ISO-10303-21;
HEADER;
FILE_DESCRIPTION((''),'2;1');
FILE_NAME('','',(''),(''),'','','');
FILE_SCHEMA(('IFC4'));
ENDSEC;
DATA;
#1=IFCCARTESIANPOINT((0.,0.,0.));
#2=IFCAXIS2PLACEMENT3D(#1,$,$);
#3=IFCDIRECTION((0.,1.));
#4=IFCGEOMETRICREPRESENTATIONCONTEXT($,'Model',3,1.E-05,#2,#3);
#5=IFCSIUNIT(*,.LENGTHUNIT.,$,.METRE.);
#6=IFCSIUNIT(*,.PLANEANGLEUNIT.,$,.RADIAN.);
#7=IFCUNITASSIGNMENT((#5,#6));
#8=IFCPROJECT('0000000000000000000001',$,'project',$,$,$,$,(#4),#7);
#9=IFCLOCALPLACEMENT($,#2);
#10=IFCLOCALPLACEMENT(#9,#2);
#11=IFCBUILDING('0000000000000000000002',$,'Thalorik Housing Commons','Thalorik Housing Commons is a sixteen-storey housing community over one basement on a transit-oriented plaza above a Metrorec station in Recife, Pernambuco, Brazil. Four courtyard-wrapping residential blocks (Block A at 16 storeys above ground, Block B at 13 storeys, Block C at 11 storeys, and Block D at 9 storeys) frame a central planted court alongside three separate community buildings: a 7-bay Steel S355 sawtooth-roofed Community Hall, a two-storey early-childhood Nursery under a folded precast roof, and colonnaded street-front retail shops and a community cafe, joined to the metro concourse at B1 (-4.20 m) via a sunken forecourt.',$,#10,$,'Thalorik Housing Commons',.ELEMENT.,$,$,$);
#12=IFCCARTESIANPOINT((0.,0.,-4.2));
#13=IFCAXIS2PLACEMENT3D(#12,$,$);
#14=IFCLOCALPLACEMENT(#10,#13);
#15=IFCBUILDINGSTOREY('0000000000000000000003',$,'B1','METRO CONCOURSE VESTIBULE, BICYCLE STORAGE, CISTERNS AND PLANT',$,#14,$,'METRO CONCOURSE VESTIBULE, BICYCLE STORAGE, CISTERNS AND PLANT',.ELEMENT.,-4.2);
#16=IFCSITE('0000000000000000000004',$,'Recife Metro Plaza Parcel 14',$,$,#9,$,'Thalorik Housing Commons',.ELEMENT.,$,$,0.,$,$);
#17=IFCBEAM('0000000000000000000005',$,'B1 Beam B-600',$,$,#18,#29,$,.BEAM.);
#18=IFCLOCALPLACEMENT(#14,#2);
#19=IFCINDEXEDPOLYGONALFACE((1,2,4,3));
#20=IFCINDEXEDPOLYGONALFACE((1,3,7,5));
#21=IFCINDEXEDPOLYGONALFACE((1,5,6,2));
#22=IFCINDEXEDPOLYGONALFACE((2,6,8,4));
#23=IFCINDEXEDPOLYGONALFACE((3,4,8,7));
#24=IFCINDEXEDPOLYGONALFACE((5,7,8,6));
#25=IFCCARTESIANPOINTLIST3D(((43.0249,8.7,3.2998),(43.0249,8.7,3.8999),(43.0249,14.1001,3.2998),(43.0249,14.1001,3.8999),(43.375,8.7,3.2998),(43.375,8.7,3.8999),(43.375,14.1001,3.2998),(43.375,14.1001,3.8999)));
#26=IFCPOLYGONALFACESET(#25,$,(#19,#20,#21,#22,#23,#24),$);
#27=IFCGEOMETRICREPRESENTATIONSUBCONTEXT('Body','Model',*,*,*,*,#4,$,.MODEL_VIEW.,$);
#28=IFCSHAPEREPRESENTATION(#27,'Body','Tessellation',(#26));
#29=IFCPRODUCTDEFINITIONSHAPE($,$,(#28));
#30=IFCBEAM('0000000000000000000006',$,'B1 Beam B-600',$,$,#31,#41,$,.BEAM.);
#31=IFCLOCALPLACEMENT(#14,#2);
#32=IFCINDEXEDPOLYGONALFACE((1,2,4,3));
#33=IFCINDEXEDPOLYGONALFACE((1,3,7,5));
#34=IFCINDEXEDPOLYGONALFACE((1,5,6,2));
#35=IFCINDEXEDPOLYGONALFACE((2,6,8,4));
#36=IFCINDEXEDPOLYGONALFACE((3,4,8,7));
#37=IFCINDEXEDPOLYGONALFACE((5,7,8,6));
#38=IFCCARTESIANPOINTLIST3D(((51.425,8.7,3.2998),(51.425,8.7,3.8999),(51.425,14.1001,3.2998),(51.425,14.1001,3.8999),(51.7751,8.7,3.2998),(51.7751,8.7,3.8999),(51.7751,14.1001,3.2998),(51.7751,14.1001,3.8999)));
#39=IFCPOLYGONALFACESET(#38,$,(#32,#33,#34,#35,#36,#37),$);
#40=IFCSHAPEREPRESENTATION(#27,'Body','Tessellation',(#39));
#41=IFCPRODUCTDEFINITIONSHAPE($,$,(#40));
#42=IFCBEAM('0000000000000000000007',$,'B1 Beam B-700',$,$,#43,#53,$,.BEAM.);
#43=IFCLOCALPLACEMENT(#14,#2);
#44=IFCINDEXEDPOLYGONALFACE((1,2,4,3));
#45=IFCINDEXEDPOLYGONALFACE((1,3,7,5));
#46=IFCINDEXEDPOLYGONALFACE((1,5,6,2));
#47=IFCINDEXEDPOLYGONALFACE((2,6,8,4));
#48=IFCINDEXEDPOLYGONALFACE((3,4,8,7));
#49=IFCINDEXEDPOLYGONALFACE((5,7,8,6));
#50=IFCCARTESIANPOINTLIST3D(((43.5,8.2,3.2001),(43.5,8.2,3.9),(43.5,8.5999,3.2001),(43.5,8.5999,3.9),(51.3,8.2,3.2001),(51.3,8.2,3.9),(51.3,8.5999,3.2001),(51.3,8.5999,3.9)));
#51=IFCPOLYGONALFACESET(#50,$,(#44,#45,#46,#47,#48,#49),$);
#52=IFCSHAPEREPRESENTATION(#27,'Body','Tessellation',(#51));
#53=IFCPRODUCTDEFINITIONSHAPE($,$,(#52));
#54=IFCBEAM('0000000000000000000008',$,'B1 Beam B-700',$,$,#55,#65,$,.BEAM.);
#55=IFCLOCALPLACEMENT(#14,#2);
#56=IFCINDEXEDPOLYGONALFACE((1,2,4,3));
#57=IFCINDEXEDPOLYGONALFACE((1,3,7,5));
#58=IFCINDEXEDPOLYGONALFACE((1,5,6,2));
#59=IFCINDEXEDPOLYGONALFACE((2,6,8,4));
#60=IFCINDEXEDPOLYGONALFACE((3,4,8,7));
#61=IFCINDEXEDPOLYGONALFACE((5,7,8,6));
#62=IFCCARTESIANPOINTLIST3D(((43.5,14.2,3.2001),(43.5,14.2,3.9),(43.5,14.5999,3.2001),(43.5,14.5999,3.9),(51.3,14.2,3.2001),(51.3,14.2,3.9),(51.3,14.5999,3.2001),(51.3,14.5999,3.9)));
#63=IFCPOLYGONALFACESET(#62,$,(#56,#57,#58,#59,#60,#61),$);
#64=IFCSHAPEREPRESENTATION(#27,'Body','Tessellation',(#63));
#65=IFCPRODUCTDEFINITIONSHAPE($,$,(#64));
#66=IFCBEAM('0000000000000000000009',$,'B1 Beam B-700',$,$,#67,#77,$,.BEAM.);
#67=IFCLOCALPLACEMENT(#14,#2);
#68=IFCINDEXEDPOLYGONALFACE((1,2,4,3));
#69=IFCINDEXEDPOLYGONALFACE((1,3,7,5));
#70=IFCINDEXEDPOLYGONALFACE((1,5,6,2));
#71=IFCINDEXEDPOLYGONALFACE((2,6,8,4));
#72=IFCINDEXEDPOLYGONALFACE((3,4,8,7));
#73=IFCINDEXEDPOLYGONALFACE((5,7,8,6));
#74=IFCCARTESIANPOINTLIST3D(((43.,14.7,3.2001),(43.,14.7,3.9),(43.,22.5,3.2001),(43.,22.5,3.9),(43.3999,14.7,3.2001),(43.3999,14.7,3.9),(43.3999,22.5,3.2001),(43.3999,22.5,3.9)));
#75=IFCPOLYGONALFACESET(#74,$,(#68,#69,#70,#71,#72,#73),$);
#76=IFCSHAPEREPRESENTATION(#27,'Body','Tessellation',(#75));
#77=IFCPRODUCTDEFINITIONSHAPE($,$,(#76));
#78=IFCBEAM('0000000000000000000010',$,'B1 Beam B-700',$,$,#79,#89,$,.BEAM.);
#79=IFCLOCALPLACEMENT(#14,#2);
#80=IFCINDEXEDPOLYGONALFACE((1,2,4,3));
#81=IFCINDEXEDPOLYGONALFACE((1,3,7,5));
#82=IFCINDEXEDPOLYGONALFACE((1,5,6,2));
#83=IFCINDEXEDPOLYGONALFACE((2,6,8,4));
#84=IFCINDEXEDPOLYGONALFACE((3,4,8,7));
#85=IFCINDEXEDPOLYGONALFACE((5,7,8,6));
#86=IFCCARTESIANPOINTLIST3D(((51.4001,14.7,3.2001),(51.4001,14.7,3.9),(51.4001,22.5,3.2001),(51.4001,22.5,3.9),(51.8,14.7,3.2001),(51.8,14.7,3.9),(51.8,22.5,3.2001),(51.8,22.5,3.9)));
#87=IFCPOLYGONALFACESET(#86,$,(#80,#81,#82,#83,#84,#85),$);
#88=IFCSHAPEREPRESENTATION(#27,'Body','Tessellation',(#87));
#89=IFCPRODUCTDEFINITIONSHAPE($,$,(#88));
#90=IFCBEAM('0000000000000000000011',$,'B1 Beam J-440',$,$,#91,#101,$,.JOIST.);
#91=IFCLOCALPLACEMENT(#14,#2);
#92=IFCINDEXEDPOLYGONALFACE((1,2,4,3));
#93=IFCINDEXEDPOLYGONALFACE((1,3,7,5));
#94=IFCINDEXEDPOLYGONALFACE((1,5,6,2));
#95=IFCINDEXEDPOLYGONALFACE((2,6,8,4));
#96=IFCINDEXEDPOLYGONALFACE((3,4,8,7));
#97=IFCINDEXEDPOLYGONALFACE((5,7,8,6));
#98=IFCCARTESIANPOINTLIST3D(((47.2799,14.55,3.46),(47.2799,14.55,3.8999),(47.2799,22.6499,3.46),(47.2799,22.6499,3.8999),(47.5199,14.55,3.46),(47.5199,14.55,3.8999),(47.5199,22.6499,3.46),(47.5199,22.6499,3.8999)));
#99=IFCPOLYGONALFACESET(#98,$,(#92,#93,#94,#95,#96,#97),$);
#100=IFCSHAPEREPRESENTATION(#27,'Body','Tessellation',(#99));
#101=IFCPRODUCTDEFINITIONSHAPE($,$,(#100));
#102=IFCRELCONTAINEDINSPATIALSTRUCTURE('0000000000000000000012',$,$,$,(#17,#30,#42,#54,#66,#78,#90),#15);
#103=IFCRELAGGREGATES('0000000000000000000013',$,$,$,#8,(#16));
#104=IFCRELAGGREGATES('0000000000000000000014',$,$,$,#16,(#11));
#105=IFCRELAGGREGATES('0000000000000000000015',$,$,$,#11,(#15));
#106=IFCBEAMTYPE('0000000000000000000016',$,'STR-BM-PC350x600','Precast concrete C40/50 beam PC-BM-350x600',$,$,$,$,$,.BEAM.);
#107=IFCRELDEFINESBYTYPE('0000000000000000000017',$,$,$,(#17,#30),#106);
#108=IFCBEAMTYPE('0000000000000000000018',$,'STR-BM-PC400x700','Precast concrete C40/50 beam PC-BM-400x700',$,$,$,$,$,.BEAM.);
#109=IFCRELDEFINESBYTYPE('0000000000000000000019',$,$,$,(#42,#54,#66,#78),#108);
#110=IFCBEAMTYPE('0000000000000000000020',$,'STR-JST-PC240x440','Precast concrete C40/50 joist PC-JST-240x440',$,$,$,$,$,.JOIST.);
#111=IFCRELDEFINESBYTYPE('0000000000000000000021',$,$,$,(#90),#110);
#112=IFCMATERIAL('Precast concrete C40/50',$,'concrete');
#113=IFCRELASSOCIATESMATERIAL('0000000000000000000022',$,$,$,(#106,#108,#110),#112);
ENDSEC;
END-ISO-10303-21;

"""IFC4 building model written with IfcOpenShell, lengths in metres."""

from ifc_helpers import new_model, si_unit, direction, frame, origin, origin_2d, place, context, subcontext, project, spatial, rectangle, extrude, material, material_profile, profile_set, type_object, element, save


model = new_model("IFC4")

# Units and contexts
model_context = context("Model", 3, precision=1e-05, world=origin(), true_north=direction((0.0, 1.0)))
body_context = subcontext(model_context, "Body", "Model", "MODEL_VIEW")
ifc_project = project(units=[si_unit("LENGTHUNIT", "METRE"), si_unit("PLANEANGLEUNIT", "RADIAN")], contexts=[model_context])

# Site, building, storey
site_placement = place(None, origin())
site = spatial("IfcSite", under=ifc_project, at=site_placement, Name="Recife Metro Plaza Parcel 14", LongName="Thalorik Housing Commons", CompositionType="ELEMENT", RefElevation=0.0)
building_placement = place(site_placement, origin())
building = spatial("IfcBuilding", under=site, at=building_placement, Name="Thalorik Housing Commons", Description="Thalorik Housing Commons is a sixteen-storey housing community over one basement on a transit-oriented plaza above a Metrorec station in Recife, Pernambuco, Brazil. Four courtyard-wrapping residential blocks (Block A at 16 storeys above ground, Block B at 13 storeys, Block C at 11 storeys, and Block D at 9 storeys) frame a central planted court alongside three separate community buildings: a 7-bay Steel S355 sawtooth-roofed Community Hall, a two-storey early-childhood Nursery under a folded precast roof, and colonnaded street-front retail shops and a community cafe, joined to the metro concourse at B1 (-4.20 m) via a sunken forecourt.", LongName="Thalorik Housing Commons", CompositionType="ELEMENT")
storey_placement = place(building_placement, frame((0.0, 0.0, -4.2)))
storey = spatial("IfcBuildingStorey", under=building, at=storey_placement, Name="B1", Description="METRO CONCOURSE VESTIBULE, BICYCLE STORAGE, CISTERNS AND PLANT", LongName="METRO CONCOURSE VESTIBULE, BICYCLE STORAGE, CISTERNS AND PLANT", CompositionType="ELEMENT", Elevation=-4.2)

# Shared definitions
ifc_material_1 = material(Name="Precast concrete C40/50", Category="concrete")

# Beams
ifc_material_profile_1 = material_profile(ifc_material_1, rectangle(XDim=0.3501, YDim=0.6001, at=origin_2d()), Name="PC 350x600", Category="concrete")
ifc_profile_set_1 = profile_set([ifc_material_profile_1], Name="Precast concrete C40/50")
beam_type_1 = type_object("IfcBeamType", Name="STR-BM-PC350x600", Description="Precast concrete C40/50 beam PC-BM-350x600", PredefinedType="BEAM", material=ifc_profile_set_1)
for number, where, z_axis, x_axis, name in (
    (1, (43.2, 8.7, 3.5999), (0.0, 1.0, 0.0), (-1.0, 0.0, 0.0), "B1 Beam B-600"),
    (2, (51.6001, 8.7, 3.5999), (0.0, 1.0, 0.0), (-1.0, 0.0, 0.0), "B1 Beam B-600"),
):
    element("IfcBeam", number, at=place(storey_placement, frame(where, z_axis=z_axis, x_axis=x_axis)), inside=storey, type_object=beam_type_1, Name=name, PredefinedType="BEAM", context=body_context, shape_type="SweptSolid", body=[
        extrude(rectangle(XDim=0.3501, YDim=0.6001, at=origin_2d()), origin(), (0.0, 0.0, 1.0), 5.4001),
    ])
ifc_material_profile_2 = material_profile(ifc_material_1, rectangle(XDim=0.3999, YDim=0.7, at=origin_2d()), Name="PC 400x700", Category="concrete")
ifc_profile_set_2 = profile_set([ifc_material_profile_2], Name="Precast concrete C40/50")
beam_type_2 = type_object("IfcBeamType", Name="STR-BM-PC400x700", Description="Precast concrete C40/50 beam PC-BM-400x700", PredefinedType="BEAM", material=ifc_profile_set_2)
for number, where, z_axis, x_axis, name in (
    (3, (43.5, 8.3999, 3.55), (1.0, 0.0, 0.0), (0.0, 1.0, 0.0), "B1 Beam B-700"),
    (4, (43.5, 14.3999, 3.55), (1.0, 0.0, 0.0), (0.0, 1.0, 0.0), "B1 Beam B-700"),
    (5, (43.2, 14.7, 3.55), (0.0, 1.0, 0.0), (-1.0, 0.0, 0.0), "B1 Beam B-700"),
    (6, (51.6001, 14.7, 3.55), (0.0, 1.0, 0.0), (-1.0, 0.0, 0.0), "B1 Beam B-700"),
):
    element("IfcBeam", number, at=place(storey_placement, frame(where, z_axis=z_axis, x_axis=x_axis)), inside=storey, type_object=beam_type_2, Name=name, PredefinedType="BEAM", context=body_context, shape_type="SweptSolid", body=[
        extrude(rectangle(XDim=0.3999, YDim=0.7, at=origin_2d()), origin(), (0.0, 0.0, 1.0), 7.8),
    ])
ifc_material_profile_3 = material_profile(ifc_material_1, rectangle(XDim=0.24, YDim=0.4399, at=origin_2d()), Name="PC JST 240x440", Category="concrete")
ifc_profile_set_3 = profile_set([ifc_material_profile_3], Name="Precast concrete C40/50")
beam_type_3 = type_object("IfcBeamType", Name="STR-JST-PC240x440", Description="Precast concrete C40/50 joist PC-JST-240x440", PredefinedType="JOIST", material=ifc_profile_set_3)
beam_placement = place(storey_placement, frame((47.3999, 14.55, 3.6799), z_axis=(0.0, 1.0, 0.0), x_axis=(-1.0, 0.0, 0.0)))
element("IfcBeam", 7, at=beam_placement, inside=storey, type_object=beam_type_3, Name="B1 Beam J-440", PredefinedType="JOIST", context=body_context, shape_type="SweptSolid", body=[
    extrude(rectangle(XDim=0.24, YDim=0.4399, at=origin_2d()), origin(), (0.0, 0.0, 1.0), 8.0999),
])

save(model, "model.ifc")
